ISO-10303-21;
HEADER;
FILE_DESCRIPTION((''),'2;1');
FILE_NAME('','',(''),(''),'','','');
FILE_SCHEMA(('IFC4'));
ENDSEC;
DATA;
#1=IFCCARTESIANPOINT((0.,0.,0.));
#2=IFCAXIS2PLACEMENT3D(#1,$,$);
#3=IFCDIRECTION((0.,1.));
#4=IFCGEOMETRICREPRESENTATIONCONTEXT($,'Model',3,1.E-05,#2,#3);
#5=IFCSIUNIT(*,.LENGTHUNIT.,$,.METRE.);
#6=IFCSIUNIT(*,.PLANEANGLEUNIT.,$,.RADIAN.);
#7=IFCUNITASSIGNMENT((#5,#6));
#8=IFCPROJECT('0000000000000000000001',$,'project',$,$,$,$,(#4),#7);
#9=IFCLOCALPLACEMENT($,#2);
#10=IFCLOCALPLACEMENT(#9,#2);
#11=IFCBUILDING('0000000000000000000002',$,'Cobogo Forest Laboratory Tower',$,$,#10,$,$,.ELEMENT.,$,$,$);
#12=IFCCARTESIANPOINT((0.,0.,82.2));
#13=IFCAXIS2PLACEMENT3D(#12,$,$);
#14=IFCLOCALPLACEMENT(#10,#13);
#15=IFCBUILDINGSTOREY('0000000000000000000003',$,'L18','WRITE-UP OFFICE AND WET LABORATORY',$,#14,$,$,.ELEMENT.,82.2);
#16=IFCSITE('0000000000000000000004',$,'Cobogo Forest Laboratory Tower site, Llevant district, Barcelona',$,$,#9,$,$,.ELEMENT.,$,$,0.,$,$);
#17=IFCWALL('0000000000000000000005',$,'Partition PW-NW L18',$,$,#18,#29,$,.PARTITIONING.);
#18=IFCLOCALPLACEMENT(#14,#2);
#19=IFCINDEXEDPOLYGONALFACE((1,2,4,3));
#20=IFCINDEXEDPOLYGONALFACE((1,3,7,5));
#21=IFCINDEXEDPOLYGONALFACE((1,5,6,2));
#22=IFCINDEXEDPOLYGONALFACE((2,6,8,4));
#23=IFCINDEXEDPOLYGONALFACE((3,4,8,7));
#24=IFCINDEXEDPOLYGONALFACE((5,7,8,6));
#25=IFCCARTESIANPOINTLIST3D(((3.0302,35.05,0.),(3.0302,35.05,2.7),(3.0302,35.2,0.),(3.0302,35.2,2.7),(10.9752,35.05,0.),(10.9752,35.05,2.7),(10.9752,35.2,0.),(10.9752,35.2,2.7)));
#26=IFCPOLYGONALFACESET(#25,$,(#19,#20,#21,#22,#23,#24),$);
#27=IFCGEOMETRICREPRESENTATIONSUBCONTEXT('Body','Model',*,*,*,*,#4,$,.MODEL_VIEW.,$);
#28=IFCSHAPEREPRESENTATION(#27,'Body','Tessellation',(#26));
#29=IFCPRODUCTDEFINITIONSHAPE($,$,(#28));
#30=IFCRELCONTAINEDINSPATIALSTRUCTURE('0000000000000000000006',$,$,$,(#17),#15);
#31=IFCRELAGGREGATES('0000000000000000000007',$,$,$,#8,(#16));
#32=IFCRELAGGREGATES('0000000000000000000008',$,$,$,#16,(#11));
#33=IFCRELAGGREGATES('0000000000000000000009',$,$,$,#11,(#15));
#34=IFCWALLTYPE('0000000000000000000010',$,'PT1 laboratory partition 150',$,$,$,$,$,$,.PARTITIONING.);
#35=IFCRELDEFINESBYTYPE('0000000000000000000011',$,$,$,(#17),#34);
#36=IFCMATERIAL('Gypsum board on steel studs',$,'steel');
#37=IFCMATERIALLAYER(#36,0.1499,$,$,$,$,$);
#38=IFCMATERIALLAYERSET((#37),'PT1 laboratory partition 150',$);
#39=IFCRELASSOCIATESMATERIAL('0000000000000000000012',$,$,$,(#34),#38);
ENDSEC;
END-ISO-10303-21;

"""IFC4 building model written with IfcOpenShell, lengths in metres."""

from ifc_helpers import new_model, si_unit, direction, frame, frame_2d, origin, place, context, subcontext, project, spatial, rectangle, extrude, material, layer, layer_set, type_object, element, save


model = new_model("IFC4")

# Units and contexts
model_context = context("Model", 3, precision=1e-05, world=origin(), true_north=direction((0.0, 1.0)))
body_context = subcontext(model_context, "Body", "Model", "MODEL_VIEW")
ifc_project = project(units=[si_unit("LENGTHUNIT", "METRE"), si_unit("PLANEANGLEUNIT", "RADIAN")], contexts=[model_context])

# Site, building, storey
site_placement = place(None, origin())
site = spatial("IfcSite", under=ifc_project, at=site_placement, Name="Cobogo Forest Laboratory Tower site, Llevant district, Barcelona", CompositionType="ELEMENT", RefElevation=0.0)
building_placement = place(site_placement, origin())
building = spatial("IfcBuilding", under=site, at=building_placement, Name="Cobogo Forest Laboratory Tower", CompositionType="ELEMENT")
storey_placement = place(building_placement, frame((0.0, 0.0, 82.2)))
storey = spatial("IfcBuildingStorey", under=building, at=storey_placement, Name="L18", Description="WRITE-UP OFFICE AND WET LABORATORY", CompositionType="ELEMENT", Elevation=82.2)

# Wall
ifc_material_1 = material(Name="Gypsum board on steel studs", Category="steel")
ifc_layer_1 = layer(ifc_material_1, 0.1499)
ifc_layer_set_1 = layer_set([ifc_layer_1], Name="PT1 laboratory partition 150")
wall_type = type_object("IfcWallType", Name="PT1 laboratory partition 150", PredefinedType="PARTITIONING", material=ifc_layer_set_1)
wall_placement = place(storey_placement, frame((3.03, 35.125, 0.0), z_axis=(0.0, 0.0, 1.0), x_axis=(1.0, 0.0, 0.0)))
element("IfcWall", 1, at=wall_placement, inside=storey, type_object=wall_type, Name="Partition PW-NW L18", PredefinedType="PARTITIONING", context=body_context, shape_type="SweptSolid", body=[
    extrude(rectangle(XDim=7.9451, YDim=0.1499, at=frame_2d((3.9727, 0.0))), origin(), (0.0, 0.0, 1.0), 2.7),
])

save(model, "model.ifc")
